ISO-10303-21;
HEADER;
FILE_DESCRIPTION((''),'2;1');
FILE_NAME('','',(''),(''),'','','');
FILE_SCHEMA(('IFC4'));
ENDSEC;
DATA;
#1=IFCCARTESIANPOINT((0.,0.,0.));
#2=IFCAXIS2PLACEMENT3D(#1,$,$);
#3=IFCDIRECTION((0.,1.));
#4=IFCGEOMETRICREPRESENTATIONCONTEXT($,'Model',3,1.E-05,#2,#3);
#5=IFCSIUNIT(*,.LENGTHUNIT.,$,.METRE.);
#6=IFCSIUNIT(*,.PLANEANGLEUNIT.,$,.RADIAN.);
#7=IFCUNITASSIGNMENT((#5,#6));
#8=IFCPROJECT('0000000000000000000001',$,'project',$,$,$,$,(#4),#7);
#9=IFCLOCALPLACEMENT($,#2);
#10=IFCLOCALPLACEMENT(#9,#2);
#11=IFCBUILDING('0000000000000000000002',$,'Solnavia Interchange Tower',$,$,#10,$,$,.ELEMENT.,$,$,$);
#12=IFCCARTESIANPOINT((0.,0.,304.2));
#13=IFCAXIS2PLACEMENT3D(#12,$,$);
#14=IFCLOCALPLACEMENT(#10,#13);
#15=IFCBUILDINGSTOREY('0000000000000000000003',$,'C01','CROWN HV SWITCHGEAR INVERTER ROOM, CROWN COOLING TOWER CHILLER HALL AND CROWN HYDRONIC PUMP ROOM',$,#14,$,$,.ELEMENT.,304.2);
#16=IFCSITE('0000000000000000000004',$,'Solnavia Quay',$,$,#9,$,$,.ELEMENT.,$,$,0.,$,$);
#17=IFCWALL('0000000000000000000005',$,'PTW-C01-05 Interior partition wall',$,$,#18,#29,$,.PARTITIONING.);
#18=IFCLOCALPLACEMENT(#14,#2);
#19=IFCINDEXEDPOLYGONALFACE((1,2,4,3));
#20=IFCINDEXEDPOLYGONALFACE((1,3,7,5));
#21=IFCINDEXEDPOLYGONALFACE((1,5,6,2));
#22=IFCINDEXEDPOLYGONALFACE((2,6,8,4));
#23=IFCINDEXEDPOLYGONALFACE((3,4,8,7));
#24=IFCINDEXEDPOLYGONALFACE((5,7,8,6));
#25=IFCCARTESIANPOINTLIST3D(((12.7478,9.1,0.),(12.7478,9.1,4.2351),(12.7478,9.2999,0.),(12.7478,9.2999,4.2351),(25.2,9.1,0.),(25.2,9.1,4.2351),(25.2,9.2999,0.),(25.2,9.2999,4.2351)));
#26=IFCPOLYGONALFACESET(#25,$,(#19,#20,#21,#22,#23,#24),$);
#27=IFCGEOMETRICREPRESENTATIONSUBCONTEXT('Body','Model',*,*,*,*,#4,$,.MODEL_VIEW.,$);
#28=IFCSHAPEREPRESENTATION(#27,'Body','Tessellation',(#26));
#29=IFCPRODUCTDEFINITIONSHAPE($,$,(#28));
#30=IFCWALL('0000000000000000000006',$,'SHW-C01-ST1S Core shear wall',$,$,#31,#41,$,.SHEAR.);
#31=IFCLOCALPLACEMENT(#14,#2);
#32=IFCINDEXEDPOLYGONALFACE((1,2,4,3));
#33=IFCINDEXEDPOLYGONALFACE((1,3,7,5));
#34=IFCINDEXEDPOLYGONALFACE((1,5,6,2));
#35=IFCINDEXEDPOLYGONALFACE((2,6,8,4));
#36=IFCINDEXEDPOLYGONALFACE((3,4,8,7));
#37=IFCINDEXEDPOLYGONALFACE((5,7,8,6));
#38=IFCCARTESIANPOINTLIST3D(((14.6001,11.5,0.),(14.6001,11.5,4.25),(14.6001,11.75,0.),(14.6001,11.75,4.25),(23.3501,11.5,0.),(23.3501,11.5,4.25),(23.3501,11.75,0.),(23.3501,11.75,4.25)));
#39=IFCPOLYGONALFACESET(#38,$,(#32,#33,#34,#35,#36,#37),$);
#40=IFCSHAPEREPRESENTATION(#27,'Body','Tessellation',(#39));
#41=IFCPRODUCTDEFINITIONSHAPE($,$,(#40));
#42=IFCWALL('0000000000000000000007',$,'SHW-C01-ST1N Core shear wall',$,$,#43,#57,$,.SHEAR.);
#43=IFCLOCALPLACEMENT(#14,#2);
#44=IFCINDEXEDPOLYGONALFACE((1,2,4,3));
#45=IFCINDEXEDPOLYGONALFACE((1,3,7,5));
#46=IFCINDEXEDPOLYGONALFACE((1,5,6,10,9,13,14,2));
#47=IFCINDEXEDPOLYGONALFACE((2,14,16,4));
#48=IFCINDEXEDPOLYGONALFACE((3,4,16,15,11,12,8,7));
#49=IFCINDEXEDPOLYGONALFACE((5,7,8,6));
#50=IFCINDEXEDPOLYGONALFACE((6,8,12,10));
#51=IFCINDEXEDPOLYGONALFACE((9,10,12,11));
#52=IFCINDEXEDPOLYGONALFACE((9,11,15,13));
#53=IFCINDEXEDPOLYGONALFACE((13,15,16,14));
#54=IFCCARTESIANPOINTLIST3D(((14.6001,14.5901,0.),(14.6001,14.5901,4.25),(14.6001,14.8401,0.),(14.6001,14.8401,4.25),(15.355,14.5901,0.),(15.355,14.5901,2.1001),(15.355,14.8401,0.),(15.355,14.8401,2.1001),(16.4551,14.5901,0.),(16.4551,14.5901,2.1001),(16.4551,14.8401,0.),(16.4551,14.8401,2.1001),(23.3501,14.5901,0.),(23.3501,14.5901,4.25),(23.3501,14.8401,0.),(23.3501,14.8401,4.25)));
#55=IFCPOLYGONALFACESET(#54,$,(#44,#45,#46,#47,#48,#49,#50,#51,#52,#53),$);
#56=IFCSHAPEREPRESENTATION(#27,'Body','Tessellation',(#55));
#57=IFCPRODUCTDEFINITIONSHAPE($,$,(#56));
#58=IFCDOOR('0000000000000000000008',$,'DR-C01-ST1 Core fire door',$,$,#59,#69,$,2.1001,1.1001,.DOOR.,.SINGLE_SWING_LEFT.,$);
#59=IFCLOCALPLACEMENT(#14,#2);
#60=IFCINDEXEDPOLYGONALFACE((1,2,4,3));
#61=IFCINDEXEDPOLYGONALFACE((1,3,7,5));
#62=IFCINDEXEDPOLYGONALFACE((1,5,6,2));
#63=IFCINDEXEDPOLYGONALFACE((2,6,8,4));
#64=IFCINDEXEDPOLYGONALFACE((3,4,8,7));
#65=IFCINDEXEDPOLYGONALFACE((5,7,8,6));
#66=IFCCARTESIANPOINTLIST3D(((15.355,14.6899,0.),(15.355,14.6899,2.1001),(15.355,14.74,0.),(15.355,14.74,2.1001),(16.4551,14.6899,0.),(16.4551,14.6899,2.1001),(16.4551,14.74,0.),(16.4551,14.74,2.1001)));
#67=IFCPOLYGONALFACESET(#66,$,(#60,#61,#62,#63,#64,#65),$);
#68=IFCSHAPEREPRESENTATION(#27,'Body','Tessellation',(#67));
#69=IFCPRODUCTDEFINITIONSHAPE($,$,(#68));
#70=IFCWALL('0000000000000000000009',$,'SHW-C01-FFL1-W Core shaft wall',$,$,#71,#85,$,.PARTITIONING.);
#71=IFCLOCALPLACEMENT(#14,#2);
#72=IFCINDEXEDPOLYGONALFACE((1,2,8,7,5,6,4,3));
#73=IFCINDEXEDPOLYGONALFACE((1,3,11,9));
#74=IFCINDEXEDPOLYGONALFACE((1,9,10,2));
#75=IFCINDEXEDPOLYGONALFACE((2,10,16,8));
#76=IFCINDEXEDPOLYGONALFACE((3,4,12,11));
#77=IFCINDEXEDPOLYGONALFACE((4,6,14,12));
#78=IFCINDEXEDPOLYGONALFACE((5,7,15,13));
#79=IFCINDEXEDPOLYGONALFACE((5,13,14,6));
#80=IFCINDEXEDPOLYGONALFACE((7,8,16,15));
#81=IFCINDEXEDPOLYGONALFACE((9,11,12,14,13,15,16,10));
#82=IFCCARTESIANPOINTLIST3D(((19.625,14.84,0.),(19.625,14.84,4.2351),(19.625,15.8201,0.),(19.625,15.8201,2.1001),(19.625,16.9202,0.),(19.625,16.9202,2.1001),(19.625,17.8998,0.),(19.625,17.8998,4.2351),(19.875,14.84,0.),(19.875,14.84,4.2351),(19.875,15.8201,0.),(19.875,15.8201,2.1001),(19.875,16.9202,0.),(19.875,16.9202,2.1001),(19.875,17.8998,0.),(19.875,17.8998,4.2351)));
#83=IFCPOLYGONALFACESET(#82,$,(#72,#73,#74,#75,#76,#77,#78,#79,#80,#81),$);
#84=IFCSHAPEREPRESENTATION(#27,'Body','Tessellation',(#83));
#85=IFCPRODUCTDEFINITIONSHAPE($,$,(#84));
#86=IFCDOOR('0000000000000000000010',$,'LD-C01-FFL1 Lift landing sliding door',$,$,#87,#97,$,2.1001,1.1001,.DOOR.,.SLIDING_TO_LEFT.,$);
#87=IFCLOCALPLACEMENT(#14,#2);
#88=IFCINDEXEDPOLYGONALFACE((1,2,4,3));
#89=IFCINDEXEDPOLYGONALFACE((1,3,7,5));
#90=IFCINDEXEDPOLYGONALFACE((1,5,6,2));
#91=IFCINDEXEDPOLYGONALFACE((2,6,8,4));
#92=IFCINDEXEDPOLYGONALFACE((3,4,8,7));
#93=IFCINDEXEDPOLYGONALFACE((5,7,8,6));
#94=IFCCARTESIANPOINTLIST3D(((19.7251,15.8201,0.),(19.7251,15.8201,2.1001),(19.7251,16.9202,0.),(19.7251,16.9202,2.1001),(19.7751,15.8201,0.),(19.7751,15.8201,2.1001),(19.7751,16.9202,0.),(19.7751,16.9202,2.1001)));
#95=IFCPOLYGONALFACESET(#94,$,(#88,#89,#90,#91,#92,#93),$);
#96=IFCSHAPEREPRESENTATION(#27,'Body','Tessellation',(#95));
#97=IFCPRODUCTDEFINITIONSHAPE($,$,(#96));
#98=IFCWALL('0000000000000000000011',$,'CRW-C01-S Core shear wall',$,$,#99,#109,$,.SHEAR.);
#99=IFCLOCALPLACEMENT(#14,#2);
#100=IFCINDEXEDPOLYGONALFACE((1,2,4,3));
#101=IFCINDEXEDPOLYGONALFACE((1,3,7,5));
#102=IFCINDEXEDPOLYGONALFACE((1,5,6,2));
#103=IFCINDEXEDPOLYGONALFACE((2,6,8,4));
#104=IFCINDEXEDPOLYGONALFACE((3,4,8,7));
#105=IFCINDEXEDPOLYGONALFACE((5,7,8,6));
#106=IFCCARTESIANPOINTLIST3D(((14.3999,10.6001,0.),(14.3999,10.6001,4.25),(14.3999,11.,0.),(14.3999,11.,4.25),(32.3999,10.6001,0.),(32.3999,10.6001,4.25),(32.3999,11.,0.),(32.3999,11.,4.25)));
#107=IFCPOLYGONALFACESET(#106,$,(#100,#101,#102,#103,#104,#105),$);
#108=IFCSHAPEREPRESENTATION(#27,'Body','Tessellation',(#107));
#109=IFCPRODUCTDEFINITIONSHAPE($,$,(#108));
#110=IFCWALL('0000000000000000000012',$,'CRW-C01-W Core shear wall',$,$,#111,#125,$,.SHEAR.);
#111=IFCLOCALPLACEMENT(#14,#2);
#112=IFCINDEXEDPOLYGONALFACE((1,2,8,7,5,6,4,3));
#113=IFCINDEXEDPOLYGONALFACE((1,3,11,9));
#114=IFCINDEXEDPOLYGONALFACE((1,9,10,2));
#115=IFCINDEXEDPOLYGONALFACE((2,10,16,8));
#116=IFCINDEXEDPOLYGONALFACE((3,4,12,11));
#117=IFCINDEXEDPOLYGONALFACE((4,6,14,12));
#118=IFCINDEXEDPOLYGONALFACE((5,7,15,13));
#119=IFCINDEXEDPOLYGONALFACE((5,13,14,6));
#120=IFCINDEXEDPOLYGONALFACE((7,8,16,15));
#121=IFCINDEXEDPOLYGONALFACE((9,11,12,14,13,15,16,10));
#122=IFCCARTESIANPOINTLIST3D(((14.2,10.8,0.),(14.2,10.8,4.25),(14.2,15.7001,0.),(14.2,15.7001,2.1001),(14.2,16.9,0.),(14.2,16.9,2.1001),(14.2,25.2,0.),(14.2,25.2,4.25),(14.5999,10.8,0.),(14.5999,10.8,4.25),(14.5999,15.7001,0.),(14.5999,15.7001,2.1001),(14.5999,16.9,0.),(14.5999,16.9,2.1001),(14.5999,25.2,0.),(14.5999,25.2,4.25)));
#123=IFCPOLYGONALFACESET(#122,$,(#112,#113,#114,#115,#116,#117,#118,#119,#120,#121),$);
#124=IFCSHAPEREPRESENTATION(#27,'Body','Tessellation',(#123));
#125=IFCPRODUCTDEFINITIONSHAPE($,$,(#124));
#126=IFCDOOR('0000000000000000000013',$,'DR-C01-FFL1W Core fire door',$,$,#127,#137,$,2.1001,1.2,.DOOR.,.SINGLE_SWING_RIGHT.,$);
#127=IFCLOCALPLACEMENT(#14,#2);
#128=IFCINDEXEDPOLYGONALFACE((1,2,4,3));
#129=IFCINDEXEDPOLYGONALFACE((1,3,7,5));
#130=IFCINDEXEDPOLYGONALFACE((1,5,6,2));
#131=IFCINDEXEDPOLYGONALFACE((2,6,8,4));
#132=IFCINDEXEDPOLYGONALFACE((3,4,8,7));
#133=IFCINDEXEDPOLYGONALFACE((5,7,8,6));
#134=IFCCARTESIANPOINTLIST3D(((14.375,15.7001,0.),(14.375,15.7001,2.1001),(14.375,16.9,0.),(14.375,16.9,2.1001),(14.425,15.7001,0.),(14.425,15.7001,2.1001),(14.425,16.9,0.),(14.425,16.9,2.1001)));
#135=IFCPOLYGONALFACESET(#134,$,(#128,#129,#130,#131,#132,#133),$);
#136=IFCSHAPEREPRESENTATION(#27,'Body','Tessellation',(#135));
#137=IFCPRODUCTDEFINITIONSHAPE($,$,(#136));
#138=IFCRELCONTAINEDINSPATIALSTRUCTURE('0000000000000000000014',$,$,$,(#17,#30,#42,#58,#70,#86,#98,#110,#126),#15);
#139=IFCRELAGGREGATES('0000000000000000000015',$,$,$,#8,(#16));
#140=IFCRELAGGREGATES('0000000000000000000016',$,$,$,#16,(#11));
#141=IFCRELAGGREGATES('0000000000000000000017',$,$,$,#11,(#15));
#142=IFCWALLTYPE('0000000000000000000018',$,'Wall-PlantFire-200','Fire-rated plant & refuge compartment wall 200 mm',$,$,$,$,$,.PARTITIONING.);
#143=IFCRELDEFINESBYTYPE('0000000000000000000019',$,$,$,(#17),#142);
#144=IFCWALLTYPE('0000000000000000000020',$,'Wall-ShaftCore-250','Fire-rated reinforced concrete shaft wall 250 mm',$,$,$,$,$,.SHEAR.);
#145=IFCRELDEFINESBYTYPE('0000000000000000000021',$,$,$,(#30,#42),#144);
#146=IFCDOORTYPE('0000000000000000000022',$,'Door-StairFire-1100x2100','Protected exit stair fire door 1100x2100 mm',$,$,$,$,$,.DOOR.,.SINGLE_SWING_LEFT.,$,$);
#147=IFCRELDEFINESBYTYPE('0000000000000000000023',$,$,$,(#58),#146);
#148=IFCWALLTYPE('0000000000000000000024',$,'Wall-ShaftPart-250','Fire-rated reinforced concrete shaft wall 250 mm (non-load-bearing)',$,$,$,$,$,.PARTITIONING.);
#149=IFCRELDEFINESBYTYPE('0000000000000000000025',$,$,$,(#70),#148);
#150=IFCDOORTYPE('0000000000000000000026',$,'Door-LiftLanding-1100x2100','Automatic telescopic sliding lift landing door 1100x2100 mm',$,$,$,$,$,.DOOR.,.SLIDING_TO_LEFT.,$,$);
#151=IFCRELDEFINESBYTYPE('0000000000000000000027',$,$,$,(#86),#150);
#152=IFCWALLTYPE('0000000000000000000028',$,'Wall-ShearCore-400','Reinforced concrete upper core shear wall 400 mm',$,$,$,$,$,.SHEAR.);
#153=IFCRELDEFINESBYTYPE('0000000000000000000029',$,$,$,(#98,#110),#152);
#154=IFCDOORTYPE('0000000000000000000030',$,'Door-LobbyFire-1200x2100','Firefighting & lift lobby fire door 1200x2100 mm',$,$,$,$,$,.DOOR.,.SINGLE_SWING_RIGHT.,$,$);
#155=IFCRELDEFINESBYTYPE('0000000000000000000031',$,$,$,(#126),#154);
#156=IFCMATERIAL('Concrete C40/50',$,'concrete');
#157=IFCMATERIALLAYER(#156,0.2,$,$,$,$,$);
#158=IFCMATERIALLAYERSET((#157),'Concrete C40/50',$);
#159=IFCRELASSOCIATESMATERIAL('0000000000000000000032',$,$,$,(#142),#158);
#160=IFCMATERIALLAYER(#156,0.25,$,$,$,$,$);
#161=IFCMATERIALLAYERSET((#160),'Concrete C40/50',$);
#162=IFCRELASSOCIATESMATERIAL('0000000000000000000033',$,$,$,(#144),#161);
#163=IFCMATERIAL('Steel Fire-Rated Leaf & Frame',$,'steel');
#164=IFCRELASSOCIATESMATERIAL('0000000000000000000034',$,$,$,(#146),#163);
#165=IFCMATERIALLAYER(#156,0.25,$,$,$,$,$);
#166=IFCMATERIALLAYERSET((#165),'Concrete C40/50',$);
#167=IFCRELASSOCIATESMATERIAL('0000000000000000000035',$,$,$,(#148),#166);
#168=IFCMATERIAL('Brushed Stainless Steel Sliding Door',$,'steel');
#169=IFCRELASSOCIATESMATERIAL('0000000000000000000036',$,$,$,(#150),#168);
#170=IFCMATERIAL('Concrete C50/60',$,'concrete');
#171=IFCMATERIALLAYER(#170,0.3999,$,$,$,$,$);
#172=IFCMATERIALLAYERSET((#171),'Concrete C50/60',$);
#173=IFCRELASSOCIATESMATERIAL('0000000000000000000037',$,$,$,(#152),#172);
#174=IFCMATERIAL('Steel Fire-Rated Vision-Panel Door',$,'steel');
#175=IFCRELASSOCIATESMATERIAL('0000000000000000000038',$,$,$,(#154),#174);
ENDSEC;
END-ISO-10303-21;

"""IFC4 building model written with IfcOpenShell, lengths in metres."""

from ifc_helpers import new_model, si_unit, direction, frame, frame_2d, origin, place, context, subcontext, project, spatial, rectangle, extrude, material, layer, layer_set, type_object, element, fill, save


model = new_model("IFC4")

# Units and contexts
model_context = context("Model", 3, precision=1e-05, world=origin(), true_north=direction((0.0, 1.0)))
body_context = subcontext(model_context, "Body", "Model", "MODEL_VIEW")
ifc_project = project(units=[si_unit("LENGTHUNIT", "METRE"), si_unit("PLANEANGLEUNIT", "RADIAN")], contexts=[model_context])

# Site, building, storey
site_placement = place(None, origin())
site = spatial("IfcSite", under=ifc_project, at=site_placement, Name="Solnavia Quay", CompositionType="ELEMENT", RefElevation=0.0)
building_placement = place(site_placement, origin())
building = spatial("IfcBuilding", under=site, at=building_placement, Name="Solnavia Interchange Tower", CompositionType="ELEMENT")
storey_placement = place(building_placement, frame((0.0, 0.0, 304.2)))
storey = spatial("IfcBuildingStorey", under=building, at=storey_placement, Name="C01", Description="CROWN HV SWITCHGEAR INVERTER ROOM, CROWN COOLING TOWER CHILLER HALL AND CROWN HYDRONIC PUMP ROOM", CompositionType="ELEMENT", Elevation=304.2)

# Shared definitions
ifc_material_1 = material(Name="Concrete C40/50", Category="concrete")

# Shared definitions
ifc_layer_1 = layer(ifc_material_1, 0.2)
ifc_layer_set_1 = layer_set([ifc_layer_1], Name="Concrete C40/50")
wall_type_1 = type_object("IfcWallType", Name="Wall-PlantFire-200", Description="Fire-rated plant & refuge compartment wall 200 mm", PredefinedType="PARTITIONING", material=ifc_layer_set_1)

# Walls
wall_1_placement = place(storey_placement, frame((12.7478, 9.2, 0.0), z_axis=(0.0, 0.0, 1.0), x_axis=(1.0, 0.0, 0.0)))
element("IfcWall", 1, at=wall_1_placement, inside=storey, type_object=wall_type_1, Name="PTW-C01-05 Interior partition wall", PredefinedType="PARTITIONING", context=body_context, shape_type="SweptSolid", body=[
    extrude(rectangle(XDim=12.4521, YDim=0.2, at=frame_2d((6.2261, 0.0))), origin(), (0.0, 0.0, 1.0), 4.2351),
])
ifc_layer_2 = layer(ifc_material_1, 0.25)
ifc_layer_set_2 = layer_set([ifc_layer_2], Name="Concrete C40/50")
wall_type_2 = type_object("IfcWallType", Name="Wall-ShaftCore-250", Description="Fire-rated reinforced concrete shaft wall 250 mm", PredefinedType="SHEAR", material=ifc_layer_set_2)
wall_2_placement = place(storey_placement, frame((14.6001, 11.625, 0.0), z_axis=(0.0, 0.0, 1.0), x_axis=(1.0, 0.0, 0.0)))
element("IfcWall", 2, at=wall_2_placement, inside=storey, type_object=wall_type_2, Name="SHW-C01-ST1S Core shear wall", PredefinedType="SHEAR", context=body_context, shape_type="SweptSolid", body=[
    extrude(rectangle(XDim=8.75, YDim=0.25, at=frame_2d((4.375, 0.0))), origin(), (0.0, 0.0, 1.0), 4.25),
])

# Walls, openings, doors
wall_3_placement = place(storey_placement, frame((14.6001, 14.7151, 0.0), z_axis=(0.0, 0.0, 1.0), x_axis=(1.0, 0.0, 0.0)))
wall_3 = element("IfcWall", 3, at=wall_3_placement, inside=storey, type_object=wall_type_2, Name="SHW-C01-ST1N Core shear wall", PredefinedType="SHEAR", context=body_context, shape_type="SweptSolid", body=[
    extrude(rectangle(XDim=8.75, YDim=0.25, at=frame_2d((4.375, 0.0))), origin(), (0.0, 0.0, 1.0), 4.25),
])
opening_1_placement = place(wall_3_placement, frame((0.7549, 0.0, 0.0)))
opening_1 = element("IfcOpeningElement", 4, at=opening_1_placement, cuts=wall_3, PredefinedType="OPENING", context=body_context, shape_type="SweptSolid", body=[
    extrude(rectangle(XDim=1.1001, YDim=2.1001, at=frame_2d((0.55, 1.05))), frame((0.0, 0.135, 0.0), z_axis=(0.0, -1.0, 0.0), x_axis=(1.0, 0.0, 0.0)), (0.0, 0.0, 1.0), 0.27),
])
ifc_material_2 = material(Name="Steel Fire-Rated Leaf & Frame", Category="steel")
door_type_1 = type_object("IfcDoorType", Name="Door-StairFire-1100x2100", Description="Protected exit stair fire door 1100x2100 mm", OperationType="SINGLE_SWING_LEFT", PredefinedType="DOOR", material=ifc_material_2)
door_1_placement = place(opening_1_placement, origin())
door_1 = element("IfcDoor", 5, at=door_1_placement, inside=storey, type_object=door_type_1, Name="DR-C01-ST1 Core fire door", OperationType="SINGLE_SWING_LEFT", OverallHeight=2.1001, OverallWidth=1.1001, PredefinedType="DOOR", context=body_context, shape_type="SweptSolid", body=[
    extrude(rectangle(XDim=1.1001, YDim=2.1001, at=frame_2d((0.55, 1.05))), frame((0.0, 0.0249, 0.0), z_axis=(0.0, -1.0, 0.0), x_axis=(1.0, 0.0, 0.0)), (0.0, 0.0, 1.0), 0.05),
])
fill(opening_1, door_1)
ifc_layer_3 = layer(ifc_material_1, 0.25)
ifc_layer_set_3 = layer_set([ifc_layer_3], Name="Concrete C40/50")
wall_type_3 = type_object("IfcWallType", Name="Wall-ShaftPart-250", Description="Fire-rated reinforced concrete shaft wall 250 mm (non-load-bearing)", PredefinedType="PARTITIONING", material=ifc_layer_set_3)
wall_4_placement = place(storey_placement, frame((19.75, 14.8401, 0.0), z_axis=(0.0, 0.0, 1.0), x_axis=(0.0, 1.0, 0.0)))
wall_4 = element("IfcWall", 6, at=wall_4_placement, inside=storey, type_object=wall_type_3, Name="SHW-C01-FFL1-W Core shaft wall", PredefinedType="PARTITIONING", context=body_context, shape_type="SweptSolid", body=[
    extrude(rectangle(XDim=3.0598, YDim=0.25, at=frame_2d((1.5298, 0.0))), origin(), (0.0, 0.0, 1.0), 4.2351),
])
opening_2_placement = place(wall_4_placement, frame((0.98, 0.0, 0.0)))
opening_2 = element("IfcOpeningElement", 7, at=opening_2_placement, cuts=wall_4, PredefinedType="OPENING", context=body_context, shape_type="SweptSolid", body=[
    extrude(rectangle(XDim=1.1001, YDim=2.1001, at=frame_2d((0.55, 1.05))), frame((0.0, 0.135, 0.0), z_axis=(0.0, -1.0, 0.0), x_axis=(1.0, 0.0, 0.0)), (0.0, 0.0, 1.0), 0.27),
])
ifc_material_3 = material(Name="Brushed Stainless Steel Sliding Door", Category="steel")
door_type_2 = type_object("IfcDoorType", Name="Door-LiftLanding-1100x2100", Description="Automatic telescopic sliding lift landing door 1100x2100 mm", OperationType="SLIDING_TO_LEFT", PredefinedType="DOOR", material=ifc_material_3)
door_2_placement = place(opening_2_placement, origin())
door_2 = element("IfcDoor", 8, at=door_2_placement, inside=storey, type_object=door_type_2, Name="LD-C01-FFL1 Lift landing sliding door", OperationType="SLIDING_TO_LEFT", OverallHeight=2.1001, OverallWidth=1.1001, PredefinedType="DOOR", context=body_context, shape_type="SweptSolid", body=[
    extrude(rectangle(XDim=1.1001, YDim=2.1001, at=frame_2d((0.55, 1.05))), frame((0.0, 0.0249, 0.0), z_axis=(0.0, -1.0, 0.0), x_axis=(1.0, 0.0, 0.0)), (0.0, 0.0, 1.0), 0.05),
])
fill(opening_2, door_2)

# Wall
ifc_material_4 = material(Name="Concrete C50/60", Category="concrete")
ifc_layer_4 = layer(ifc_material_4, 0.3999)
ifc_layer_set_4 = layer_set([ifc_layer_4], Name="Concrete C50/60")
wall_type_4 = type_object("IfcWallType", Name="Wall-ShearCore-400", Description="Reinforced concrete upper core shear wall 400 mm", PredefinedType="SHEAR", material=ifc_layer_set_4)
wall_5_placement = place(storey_placement, frame((14.3999, 10.8, 0.0), z_axis=(0.0, 0.0, 1.0), x_axis=(1.0, 0.0, 0.0)))
element("IfcWall", 9, at=wall_5_placement, inside=storey, type_object=wall_type_4, Name="CRW-C01-S Core shear wall", PredefinedType="SHEAR", context=body_context, shape_type="SweptSolid", body=[
    extrude(rectangle(XDim=18.0, YDim=0.3999, at=frame_2d((9.0, 0.0))), origin(), (0.0, 0.0, 1.0), 4.25),
])

# Wall, opening, door
wall_6_placement = place(storey_placement, frame((14.3999, 10.8, 0.0), z_axis=(0.0, 0.0, 1.0), x_axis=(0.0, 1.0, 0.0)))
wall_6 = element("IfcWall", 10, at=wall_6_placement, inside=storey, type_object=wall_type_4, Name="CRW-C01-W Core shear wall", PredefinedType="SHEAR", context=body_context, shape_type="SweptSolid", body=[
    extrude(rectangle(XDim=14.3999, YDim=0.3999, at=frame_2d((7.2, 0.0))), origin(), (0.0, 0.0, 1.0), 4.25),
])
opening_3_placement = place(wall_6_placement, frame((4.8999, 0.0, 0.0)))
opening_3 = element("IfcOpeningElement", 11, at=opening_3_placement, cuts=wall_6, PredefinedType="OPENING", context=body_context, shape_type="SweptSolid", body=[
    extrude(rectangle(XDim=1.2, YDim=2.1001, at=frame_2d((0.6001, 1.05))), frame((0.0, 0.21, 0.0), z_axis=(0.0, -1.0, 0.0), x_axis=(1.0, 0.0, 0.0)), (0.0, 0.0, 1.0), 0.4199),
])
ifc_material_5 = material(Name="Steel Fire-Rated Vision-Panel Door", Category="steel")
door_type_3 = type_object("IfcDoorType", Name="Door-LobbyFire-1200x2100", Description="Firefighting & lift lobby fire door 1200x2100 mm", OperationType="SINGLE_SWING_RIGHT", PredefinedType="DOOR", material=ifc_material_5)
door_3_placement = place(opening_3_placement, origin())
door_3 = element("IfcDoor", 12, at=door_3_placement, inside=storey, type_object=door_type_3, Name="DR-C01-FFL1W Core fire door", OperationType="SINGLE_SWING_RIGHT", OverallHeight=2.1001, OverallWidth=1.2, PredefinedType="DOOR", context=body_context, shape_type="SweptSolid", body=[
    extrude(rectangle(XDim=1.2, YDim=2.1001, at=frame_2d((0.6001, 1.05))), frame((0.0, 0.0249, 0.0), z_axis=(0.0, -1.0, 0.0), x_axis=(1.0, 0.0, 0.0)), (0.0, 0.0, 1.0), 0.05),
])
fill(opening_3, door_3)

save(model, "model.ifc")
